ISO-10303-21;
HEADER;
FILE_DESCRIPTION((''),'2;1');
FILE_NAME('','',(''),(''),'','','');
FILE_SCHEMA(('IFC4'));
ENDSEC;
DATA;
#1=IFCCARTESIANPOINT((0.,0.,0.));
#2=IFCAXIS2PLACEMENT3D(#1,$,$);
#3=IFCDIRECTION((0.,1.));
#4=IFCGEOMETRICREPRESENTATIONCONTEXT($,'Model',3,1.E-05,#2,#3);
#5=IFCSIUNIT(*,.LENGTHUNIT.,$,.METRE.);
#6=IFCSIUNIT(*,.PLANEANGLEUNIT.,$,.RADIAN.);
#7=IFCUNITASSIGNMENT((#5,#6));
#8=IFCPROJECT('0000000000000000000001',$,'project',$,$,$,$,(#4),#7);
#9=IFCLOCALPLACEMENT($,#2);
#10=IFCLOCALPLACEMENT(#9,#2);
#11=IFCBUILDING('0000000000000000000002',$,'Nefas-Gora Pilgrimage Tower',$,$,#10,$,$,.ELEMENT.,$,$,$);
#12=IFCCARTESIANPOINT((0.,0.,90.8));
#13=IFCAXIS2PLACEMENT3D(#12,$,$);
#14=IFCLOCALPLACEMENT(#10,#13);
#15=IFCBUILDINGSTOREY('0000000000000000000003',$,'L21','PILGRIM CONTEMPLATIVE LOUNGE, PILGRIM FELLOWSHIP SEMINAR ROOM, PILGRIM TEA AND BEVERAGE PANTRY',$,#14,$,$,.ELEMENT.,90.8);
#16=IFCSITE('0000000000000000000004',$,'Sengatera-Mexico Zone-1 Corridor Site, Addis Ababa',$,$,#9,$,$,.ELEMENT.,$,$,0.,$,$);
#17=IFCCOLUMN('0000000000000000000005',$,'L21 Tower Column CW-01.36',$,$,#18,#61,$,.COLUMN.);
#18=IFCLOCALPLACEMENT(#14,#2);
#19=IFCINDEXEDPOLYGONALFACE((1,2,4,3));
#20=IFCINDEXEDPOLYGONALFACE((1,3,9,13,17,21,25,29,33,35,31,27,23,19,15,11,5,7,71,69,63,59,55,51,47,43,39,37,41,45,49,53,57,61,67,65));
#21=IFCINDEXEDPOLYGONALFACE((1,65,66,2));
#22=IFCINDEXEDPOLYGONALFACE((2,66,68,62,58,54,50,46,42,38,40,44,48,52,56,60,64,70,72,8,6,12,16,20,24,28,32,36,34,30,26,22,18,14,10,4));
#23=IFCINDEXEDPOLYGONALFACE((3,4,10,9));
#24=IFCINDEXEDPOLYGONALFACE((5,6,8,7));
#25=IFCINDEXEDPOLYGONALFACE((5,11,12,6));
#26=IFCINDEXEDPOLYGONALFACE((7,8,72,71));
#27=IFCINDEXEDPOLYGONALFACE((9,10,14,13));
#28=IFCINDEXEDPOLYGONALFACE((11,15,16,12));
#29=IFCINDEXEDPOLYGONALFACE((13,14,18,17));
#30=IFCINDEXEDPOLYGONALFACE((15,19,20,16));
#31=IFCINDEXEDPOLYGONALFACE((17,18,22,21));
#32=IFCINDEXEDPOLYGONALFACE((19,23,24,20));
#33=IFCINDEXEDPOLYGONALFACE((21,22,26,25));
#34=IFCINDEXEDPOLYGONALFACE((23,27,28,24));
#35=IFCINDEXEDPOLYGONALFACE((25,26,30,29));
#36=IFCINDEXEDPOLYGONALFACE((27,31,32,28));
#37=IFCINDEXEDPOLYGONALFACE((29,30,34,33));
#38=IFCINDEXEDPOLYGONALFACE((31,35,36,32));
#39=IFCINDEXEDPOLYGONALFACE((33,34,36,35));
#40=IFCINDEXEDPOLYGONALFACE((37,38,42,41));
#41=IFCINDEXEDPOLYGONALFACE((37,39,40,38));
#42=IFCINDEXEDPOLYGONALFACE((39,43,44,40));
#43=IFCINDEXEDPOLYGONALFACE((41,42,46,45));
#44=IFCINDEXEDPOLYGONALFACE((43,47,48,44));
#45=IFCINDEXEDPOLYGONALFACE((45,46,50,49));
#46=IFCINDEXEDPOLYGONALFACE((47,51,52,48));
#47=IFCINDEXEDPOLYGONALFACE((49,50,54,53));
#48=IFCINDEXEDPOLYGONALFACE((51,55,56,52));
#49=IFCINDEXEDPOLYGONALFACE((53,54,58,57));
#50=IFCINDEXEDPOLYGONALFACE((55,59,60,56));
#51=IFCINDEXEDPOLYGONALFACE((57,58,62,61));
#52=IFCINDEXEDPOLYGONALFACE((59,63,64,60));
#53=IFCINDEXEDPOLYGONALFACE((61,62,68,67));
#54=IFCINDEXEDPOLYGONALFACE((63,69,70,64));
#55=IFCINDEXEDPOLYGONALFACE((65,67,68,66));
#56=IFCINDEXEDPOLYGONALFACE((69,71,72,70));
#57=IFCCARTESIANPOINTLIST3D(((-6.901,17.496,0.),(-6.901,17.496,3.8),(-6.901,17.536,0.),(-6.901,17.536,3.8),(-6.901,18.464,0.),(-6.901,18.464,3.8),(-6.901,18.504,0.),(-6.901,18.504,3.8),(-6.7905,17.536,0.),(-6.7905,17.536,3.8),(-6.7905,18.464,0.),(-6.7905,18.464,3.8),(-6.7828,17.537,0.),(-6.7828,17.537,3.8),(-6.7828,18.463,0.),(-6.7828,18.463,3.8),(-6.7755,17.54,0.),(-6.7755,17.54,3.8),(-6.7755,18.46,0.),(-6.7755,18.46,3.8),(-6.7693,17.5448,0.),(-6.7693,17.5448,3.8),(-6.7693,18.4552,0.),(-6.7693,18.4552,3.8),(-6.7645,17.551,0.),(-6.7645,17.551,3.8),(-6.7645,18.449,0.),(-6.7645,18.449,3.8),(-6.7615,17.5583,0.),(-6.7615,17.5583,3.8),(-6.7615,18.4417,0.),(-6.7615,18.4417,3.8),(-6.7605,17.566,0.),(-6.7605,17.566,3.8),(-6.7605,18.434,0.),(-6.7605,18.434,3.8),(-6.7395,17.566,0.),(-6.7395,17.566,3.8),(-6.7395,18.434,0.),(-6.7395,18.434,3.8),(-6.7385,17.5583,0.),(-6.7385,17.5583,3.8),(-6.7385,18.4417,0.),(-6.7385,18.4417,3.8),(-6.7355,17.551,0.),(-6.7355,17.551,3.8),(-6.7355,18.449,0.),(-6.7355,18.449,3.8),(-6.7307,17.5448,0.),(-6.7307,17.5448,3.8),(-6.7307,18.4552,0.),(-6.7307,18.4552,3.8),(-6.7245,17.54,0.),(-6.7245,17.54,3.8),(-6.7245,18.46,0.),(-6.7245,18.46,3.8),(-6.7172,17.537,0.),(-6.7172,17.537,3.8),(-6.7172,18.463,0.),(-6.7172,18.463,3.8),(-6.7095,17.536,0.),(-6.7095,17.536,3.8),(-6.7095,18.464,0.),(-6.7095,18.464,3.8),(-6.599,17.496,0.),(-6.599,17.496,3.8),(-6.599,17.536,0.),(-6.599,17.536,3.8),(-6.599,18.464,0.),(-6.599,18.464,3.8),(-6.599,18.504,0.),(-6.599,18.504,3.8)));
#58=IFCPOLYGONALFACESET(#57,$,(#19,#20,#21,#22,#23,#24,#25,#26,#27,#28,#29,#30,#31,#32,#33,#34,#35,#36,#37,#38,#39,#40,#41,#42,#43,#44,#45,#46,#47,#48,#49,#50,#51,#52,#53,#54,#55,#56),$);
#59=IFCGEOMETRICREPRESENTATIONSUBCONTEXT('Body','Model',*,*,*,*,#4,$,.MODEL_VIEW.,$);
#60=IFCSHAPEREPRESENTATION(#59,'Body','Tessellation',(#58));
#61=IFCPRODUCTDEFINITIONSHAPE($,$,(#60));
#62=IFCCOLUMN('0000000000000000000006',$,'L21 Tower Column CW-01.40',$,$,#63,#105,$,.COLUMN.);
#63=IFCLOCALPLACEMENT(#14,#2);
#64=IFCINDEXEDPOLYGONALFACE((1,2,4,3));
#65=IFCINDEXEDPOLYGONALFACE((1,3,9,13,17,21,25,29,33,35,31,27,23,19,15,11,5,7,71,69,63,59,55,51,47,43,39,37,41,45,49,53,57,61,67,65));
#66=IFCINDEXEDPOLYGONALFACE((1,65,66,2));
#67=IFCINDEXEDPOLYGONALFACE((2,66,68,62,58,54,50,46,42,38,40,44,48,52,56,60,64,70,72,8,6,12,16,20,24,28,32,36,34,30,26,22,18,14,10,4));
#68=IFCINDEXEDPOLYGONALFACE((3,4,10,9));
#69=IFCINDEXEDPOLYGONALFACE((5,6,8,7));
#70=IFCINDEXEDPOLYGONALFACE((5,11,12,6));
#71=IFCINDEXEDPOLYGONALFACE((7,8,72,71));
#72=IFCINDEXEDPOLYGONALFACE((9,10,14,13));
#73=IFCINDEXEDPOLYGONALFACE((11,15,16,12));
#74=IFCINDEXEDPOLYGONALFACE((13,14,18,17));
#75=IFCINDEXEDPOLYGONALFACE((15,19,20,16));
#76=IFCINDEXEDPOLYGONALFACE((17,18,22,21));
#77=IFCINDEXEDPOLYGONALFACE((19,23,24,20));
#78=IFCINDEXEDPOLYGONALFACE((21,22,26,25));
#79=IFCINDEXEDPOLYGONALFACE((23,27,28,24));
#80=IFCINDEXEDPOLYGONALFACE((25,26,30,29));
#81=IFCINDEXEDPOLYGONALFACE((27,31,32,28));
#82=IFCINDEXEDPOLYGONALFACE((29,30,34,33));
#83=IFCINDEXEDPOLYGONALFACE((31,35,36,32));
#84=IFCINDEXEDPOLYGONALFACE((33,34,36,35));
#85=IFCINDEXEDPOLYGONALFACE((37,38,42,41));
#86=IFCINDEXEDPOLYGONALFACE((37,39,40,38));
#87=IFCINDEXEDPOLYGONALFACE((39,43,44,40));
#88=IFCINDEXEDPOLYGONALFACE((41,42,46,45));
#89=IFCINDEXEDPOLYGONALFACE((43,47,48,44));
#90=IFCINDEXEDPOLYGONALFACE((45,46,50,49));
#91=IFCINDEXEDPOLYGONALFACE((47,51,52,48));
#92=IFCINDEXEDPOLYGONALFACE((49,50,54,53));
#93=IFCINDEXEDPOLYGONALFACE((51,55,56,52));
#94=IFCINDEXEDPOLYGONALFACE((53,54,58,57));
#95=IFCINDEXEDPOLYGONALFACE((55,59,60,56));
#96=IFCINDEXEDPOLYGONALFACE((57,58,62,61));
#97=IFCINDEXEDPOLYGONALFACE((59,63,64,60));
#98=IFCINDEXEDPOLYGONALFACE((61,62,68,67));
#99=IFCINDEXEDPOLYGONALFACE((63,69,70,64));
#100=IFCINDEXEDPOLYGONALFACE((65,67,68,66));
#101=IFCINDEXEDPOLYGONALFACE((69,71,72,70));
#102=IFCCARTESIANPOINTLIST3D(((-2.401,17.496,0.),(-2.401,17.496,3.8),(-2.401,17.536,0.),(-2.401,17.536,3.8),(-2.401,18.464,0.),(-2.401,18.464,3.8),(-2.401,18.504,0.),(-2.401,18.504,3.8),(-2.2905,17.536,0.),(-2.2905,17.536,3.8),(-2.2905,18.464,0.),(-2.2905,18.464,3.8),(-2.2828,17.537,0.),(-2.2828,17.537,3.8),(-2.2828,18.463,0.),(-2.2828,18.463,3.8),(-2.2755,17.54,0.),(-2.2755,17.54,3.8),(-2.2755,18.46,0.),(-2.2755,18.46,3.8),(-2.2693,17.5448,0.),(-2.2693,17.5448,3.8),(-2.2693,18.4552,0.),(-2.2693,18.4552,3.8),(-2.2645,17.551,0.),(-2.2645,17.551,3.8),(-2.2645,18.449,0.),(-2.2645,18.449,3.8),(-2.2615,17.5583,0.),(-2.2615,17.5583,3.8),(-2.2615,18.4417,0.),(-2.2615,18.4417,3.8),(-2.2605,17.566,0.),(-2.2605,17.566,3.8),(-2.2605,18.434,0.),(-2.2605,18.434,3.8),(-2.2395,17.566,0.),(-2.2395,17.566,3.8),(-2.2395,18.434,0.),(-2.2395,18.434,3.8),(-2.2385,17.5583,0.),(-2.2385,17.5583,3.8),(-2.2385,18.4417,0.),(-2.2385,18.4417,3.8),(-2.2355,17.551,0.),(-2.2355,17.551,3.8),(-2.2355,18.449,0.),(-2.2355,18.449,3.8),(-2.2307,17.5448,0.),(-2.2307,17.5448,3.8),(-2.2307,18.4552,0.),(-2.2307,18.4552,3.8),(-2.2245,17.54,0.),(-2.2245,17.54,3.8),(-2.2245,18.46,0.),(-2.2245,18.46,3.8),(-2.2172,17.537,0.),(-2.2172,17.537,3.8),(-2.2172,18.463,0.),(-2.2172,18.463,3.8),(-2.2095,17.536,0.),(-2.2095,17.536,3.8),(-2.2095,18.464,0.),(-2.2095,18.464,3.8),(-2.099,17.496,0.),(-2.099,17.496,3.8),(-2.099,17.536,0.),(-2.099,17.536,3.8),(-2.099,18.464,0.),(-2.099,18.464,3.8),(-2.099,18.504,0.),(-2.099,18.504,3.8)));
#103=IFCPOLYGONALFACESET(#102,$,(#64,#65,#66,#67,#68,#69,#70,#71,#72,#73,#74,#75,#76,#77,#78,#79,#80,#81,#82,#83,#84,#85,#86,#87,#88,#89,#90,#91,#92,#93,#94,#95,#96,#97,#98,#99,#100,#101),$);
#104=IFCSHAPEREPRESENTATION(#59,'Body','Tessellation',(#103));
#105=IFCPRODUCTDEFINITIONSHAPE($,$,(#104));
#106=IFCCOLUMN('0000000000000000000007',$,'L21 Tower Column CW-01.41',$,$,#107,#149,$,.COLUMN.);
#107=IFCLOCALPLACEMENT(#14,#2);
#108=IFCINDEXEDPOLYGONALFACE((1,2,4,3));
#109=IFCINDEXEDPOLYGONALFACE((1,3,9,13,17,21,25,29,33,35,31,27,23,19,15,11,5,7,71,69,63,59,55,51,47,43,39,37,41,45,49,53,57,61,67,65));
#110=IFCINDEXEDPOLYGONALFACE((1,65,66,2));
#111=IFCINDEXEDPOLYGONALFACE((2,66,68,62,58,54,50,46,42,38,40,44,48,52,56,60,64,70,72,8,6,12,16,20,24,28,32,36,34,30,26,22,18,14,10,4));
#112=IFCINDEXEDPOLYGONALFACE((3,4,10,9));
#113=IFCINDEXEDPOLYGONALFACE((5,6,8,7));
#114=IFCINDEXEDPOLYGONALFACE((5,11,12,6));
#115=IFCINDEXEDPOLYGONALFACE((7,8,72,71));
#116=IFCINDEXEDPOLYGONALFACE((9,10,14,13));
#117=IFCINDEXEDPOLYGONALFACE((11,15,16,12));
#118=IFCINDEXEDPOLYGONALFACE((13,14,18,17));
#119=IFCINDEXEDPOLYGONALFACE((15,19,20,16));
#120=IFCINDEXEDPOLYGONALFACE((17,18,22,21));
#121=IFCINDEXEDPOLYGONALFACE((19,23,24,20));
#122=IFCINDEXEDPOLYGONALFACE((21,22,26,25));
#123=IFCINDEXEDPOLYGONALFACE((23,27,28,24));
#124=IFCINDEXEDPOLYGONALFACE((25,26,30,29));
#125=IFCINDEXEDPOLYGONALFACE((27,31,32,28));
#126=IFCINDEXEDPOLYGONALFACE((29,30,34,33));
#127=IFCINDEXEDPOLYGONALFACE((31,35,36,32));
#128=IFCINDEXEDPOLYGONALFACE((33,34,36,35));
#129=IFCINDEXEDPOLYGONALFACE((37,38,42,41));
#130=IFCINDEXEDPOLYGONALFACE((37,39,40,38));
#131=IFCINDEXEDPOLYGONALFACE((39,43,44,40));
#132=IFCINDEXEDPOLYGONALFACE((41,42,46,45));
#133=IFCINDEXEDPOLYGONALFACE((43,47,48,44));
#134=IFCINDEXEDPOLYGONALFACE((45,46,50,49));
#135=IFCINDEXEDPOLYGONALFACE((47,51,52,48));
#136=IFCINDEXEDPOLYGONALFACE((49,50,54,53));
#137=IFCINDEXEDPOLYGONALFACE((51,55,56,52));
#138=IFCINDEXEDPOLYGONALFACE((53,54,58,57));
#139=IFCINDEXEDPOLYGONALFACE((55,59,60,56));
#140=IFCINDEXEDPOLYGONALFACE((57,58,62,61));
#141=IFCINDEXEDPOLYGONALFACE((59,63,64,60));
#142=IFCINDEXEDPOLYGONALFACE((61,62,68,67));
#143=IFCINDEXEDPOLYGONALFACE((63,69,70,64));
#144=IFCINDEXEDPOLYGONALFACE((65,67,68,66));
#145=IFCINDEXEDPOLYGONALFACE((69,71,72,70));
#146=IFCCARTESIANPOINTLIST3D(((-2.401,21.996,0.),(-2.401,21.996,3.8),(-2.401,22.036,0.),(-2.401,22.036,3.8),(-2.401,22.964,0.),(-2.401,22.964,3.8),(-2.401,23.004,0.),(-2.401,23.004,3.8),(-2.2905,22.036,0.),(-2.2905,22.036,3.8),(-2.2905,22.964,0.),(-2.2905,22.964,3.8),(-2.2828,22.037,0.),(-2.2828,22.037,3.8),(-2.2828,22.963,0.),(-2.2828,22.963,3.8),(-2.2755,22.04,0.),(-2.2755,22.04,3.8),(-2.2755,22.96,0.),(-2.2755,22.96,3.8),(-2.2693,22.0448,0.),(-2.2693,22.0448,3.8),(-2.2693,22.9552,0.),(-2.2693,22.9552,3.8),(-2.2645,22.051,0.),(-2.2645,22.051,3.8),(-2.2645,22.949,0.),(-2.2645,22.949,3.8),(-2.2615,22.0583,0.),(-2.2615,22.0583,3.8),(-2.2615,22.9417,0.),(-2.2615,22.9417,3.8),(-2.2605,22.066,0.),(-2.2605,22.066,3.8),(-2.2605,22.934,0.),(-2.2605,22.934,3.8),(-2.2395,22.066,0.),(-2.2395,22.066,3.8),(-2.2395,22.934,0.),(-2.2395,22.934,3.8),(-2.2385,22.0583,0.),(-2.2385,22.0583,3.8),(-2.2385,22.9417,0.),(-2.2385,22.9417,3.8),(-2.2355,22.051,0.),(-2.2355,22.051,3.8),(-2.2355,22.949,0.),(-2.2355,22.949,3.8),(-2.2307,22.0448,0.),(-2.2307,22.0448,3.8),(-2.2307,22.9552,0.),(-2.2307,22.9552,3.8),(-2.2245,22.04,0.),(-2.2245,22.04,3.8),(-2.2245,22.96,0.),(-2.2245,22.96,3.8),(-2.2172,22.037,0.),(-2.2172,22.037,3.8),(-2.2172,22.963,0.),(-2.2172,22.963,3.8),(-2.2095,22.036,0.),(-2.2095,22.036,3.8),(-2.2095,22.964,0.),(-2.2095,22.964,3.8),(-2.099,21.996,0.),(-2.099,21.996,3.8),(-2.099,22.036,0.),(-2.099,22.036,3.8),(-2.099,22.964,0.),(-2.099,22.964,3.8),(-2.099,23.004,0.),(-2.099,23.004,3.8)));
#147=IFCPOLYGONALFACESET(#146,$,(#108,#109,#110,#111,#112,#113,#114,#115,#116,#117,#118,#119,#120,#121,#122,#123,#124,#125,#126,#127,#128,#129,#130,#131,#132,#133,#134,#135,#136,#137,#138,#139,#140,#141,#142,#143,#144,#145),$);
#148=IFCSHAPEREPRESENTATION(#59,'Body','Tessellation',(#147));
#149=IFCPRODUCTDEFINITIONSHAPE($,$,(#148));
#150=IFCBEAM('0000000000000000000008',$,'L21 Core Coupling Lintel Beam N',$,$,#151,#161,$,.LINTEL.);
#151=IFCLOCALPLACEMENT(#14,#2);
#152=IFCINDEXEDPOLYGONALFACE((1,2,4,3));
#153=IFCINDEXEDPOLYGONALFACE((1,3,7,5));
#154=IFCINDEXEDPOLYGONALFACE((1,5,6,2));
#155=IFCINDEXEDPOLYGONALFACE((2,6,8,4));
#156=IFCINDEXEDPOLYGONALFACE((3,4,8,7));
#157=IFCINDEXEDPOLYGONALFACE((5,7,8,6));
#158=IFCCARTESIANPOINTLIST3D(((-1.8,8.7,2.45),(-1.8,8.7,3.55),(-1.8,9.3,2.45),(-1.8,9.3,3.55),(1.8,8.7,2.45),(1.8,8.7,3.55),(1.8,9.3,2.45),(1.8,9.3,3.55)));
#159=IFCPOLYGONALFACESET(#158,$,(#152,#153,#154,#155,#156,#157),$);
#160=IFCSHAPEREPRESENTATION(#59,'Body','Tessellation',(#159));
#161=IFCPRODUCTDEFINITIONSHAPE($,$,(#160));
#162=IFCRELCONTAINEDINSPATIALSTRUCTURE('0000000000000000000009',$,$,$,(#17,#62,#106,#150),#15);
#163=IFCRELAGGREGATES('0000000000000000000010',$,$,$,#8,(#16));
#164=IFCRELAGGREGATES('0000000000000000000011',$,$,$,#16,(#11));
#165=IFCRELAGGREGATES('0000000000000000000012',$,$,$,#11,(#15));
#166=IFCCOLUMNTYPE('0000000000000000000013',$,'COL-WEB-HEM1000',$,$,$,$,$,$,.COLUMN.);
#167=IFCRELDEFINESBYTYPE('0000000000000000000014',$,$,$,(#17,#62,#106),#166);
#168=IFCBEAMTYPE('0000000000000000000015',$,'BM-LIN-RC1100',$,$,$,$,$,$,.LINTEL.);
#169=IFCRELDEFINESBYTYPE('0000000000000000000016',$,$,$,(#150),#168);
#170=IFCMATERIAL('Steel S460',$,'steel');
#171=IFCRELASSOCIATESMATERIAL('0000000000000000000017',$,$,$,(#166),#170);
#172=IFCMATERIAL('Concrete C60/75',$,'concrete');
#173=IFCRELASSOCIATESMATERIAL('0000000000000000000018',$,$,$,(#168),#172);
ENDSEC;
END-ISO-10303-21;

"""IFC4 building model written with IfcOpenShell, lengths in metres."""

from ifc_helpers import new_model, si_unit, direction, frame, origin, origin_2d, place, context, subcontext, project, spatial, rectangle, i_section, extrude, source, transform, mapped, material, material_profile, profile_set, type_object, element, save


model = new_model("IFC4")

# Units and contexts
model_context = context("Model", 3, precision=1e-05, world=origin(), true_north=direction((0.0, 1.0)))
body_context = subcontext(model_context, "Body", "Model", "MODEL_VIEW")
ifc_project = project(units=[si_unit("LENGTHUNIT", "METRE"), si_unit("PLANEANGLEUNIT", "RADIAN")], contexts=[model_context])

# Site, building, storey
site_placement = place(None, origin())
site = spatial("IfcSite", under=ifc_project, at=site_placement, Name="Sengatera-Mexico Zone-1 Corridor Site, Addis Ababa", CompositionType="ELEMENT", RefElevation=0.0)
building_placement = place(site_placement, origin())
building = spatial("IfcBuilding", under=site, at=building_placement, Name="Nefas-Gora Pilgrimage Tower", CompositionType="ELEMENT")
storey_placement = place(building_placement, frame((0.0, 0.0, 90.8)))
storey = spatial("IfcBuildingStorey", under=building, at=storey_placement, Name="L21", Description="PILGRIM CONTEMPLATIVE LOUNGE, PILGRIM FELLOWSHIP SEMINAR ROOM, PILGRIM TEA AND BEVERAGE PANTRY", CompositionType="ELEMENT", Elevation=90.8)

# Columns
ifc_material_1 = material(Name="Steel S460", Category="steel")
ifc_material_profile_1 = material_profile(ifc_material_1, i_section(OverallWidth=0.302, OverallDepth=1.0081, WebThickness=0.021, FlangeThickness=0.04, FilletRadius=0.03, at=origin_2d()), Name="HEM 1000")
ifc_profile_set_1 = profile_set([ifc_material_profile_1], Name="Steel S460")
column_type_1 = type_object("IfcColumnType", Name="COL-WEB-HEM1000", PredefinedType="COLUMN", material=ifc_profile_set_1)
shared_shape_1 = source(origin(), body_context, "Body", "SweptSolid", [
    extrude(i_section(OverallWidth=0.302, OverallDepth=1.0081, WebThickness=0.021, FlangeThickness=0.04, FilletRadius=0.03, at=origin_2d()), origin(), (0.0, 0.0, 1.0), 3.8),
])
for number, where, z_axis, x_axis, name in (
    (1, (-6.75, 18.0, 0.0), (0.0, 0.0, 1.0), (1.0, 0.0, 0.0), "L21 Tower Column CW-01.36"),
    (2, (-2.25, 18.0, 0.0), (0.0, 0.0, 1.0), (1.0, 0.0, 0.0), "L21 Tower Column CW-01.40"),
    (3, (-2.25, 22.5, 0.0), (0.0, 0.0, 1.0), (1.0, 0.0, 0.0), "L21 Tower Column CW-01.41"),
):
    element("IfcColumn", number, at=place(storey_placement, frame(where, z_axis=z_axis, x_axis=x_axis)), inside=storey, type_object=column_type_1, Name=name, PredefinedType="COLUMN", context=body_context, shape_type="MappedRepresentation", body=[
        mapped(shared_shape_1, transform((0.0, 0.0, 0.0), x_axis=(1.0, 0.0, 0.0), y_axis=(0.0, 1.0, 0.0), z_axis=(0.0, 0.0, 1.0), scale=1.0)),
    ])

# Beam
ifc_material_2 = material(Name="Concrete C60/75", Category="concrete")
ifc_material_profile_2 = material_profile(ifc_material_2, rectangle(XDim=0.6001, YDim=1.1001, at=origin_2d()), Name="RC 600x1100")
ifc_profile_set_2 = profile_set([ifc_material_profile_2], Name="Concrete C60/75")
beam_type_1 = type_object("IfcBeamType", Name="BM-LIN-RC1100", PredefinedType="LINTEL", material=ifc_profile_set_2)
shared_shape_2 = source(origin(), body_context, "Body", "SweptSolid", [
    extrude(rectangle(XDim=0.6001, YDim=1.1001, at=origin_2d()), origin(), (0.0, 0.0, 1.0), 3.6001),
])
beam_1_placement = place(storey_placement, frame((-1.8, 9.0, 3.0), z_axis=(1.0, 0.0, 0.0), x_axis=(0.0, 1.0, 0.0)))
element("IfcBeam", 4, at=beam_1_placement, inside=storey, type_object=beam_type_1, Name="L21 Core Coupling Lintel Beam N", PredefinedType="LINTEL", context=body_context, shape_type="MappedRepresentation", body=[
    mapped(shared_shape_2, transform((0.0, 0.0, 0.0), x_axis=(1.0, 0.0, 0.0), y_axis=(0.0, 1.0, 0.0), z_axis=(0.0, 0.0, 1.0), scale=1.0)),
])

save(model, "model.ifc")
